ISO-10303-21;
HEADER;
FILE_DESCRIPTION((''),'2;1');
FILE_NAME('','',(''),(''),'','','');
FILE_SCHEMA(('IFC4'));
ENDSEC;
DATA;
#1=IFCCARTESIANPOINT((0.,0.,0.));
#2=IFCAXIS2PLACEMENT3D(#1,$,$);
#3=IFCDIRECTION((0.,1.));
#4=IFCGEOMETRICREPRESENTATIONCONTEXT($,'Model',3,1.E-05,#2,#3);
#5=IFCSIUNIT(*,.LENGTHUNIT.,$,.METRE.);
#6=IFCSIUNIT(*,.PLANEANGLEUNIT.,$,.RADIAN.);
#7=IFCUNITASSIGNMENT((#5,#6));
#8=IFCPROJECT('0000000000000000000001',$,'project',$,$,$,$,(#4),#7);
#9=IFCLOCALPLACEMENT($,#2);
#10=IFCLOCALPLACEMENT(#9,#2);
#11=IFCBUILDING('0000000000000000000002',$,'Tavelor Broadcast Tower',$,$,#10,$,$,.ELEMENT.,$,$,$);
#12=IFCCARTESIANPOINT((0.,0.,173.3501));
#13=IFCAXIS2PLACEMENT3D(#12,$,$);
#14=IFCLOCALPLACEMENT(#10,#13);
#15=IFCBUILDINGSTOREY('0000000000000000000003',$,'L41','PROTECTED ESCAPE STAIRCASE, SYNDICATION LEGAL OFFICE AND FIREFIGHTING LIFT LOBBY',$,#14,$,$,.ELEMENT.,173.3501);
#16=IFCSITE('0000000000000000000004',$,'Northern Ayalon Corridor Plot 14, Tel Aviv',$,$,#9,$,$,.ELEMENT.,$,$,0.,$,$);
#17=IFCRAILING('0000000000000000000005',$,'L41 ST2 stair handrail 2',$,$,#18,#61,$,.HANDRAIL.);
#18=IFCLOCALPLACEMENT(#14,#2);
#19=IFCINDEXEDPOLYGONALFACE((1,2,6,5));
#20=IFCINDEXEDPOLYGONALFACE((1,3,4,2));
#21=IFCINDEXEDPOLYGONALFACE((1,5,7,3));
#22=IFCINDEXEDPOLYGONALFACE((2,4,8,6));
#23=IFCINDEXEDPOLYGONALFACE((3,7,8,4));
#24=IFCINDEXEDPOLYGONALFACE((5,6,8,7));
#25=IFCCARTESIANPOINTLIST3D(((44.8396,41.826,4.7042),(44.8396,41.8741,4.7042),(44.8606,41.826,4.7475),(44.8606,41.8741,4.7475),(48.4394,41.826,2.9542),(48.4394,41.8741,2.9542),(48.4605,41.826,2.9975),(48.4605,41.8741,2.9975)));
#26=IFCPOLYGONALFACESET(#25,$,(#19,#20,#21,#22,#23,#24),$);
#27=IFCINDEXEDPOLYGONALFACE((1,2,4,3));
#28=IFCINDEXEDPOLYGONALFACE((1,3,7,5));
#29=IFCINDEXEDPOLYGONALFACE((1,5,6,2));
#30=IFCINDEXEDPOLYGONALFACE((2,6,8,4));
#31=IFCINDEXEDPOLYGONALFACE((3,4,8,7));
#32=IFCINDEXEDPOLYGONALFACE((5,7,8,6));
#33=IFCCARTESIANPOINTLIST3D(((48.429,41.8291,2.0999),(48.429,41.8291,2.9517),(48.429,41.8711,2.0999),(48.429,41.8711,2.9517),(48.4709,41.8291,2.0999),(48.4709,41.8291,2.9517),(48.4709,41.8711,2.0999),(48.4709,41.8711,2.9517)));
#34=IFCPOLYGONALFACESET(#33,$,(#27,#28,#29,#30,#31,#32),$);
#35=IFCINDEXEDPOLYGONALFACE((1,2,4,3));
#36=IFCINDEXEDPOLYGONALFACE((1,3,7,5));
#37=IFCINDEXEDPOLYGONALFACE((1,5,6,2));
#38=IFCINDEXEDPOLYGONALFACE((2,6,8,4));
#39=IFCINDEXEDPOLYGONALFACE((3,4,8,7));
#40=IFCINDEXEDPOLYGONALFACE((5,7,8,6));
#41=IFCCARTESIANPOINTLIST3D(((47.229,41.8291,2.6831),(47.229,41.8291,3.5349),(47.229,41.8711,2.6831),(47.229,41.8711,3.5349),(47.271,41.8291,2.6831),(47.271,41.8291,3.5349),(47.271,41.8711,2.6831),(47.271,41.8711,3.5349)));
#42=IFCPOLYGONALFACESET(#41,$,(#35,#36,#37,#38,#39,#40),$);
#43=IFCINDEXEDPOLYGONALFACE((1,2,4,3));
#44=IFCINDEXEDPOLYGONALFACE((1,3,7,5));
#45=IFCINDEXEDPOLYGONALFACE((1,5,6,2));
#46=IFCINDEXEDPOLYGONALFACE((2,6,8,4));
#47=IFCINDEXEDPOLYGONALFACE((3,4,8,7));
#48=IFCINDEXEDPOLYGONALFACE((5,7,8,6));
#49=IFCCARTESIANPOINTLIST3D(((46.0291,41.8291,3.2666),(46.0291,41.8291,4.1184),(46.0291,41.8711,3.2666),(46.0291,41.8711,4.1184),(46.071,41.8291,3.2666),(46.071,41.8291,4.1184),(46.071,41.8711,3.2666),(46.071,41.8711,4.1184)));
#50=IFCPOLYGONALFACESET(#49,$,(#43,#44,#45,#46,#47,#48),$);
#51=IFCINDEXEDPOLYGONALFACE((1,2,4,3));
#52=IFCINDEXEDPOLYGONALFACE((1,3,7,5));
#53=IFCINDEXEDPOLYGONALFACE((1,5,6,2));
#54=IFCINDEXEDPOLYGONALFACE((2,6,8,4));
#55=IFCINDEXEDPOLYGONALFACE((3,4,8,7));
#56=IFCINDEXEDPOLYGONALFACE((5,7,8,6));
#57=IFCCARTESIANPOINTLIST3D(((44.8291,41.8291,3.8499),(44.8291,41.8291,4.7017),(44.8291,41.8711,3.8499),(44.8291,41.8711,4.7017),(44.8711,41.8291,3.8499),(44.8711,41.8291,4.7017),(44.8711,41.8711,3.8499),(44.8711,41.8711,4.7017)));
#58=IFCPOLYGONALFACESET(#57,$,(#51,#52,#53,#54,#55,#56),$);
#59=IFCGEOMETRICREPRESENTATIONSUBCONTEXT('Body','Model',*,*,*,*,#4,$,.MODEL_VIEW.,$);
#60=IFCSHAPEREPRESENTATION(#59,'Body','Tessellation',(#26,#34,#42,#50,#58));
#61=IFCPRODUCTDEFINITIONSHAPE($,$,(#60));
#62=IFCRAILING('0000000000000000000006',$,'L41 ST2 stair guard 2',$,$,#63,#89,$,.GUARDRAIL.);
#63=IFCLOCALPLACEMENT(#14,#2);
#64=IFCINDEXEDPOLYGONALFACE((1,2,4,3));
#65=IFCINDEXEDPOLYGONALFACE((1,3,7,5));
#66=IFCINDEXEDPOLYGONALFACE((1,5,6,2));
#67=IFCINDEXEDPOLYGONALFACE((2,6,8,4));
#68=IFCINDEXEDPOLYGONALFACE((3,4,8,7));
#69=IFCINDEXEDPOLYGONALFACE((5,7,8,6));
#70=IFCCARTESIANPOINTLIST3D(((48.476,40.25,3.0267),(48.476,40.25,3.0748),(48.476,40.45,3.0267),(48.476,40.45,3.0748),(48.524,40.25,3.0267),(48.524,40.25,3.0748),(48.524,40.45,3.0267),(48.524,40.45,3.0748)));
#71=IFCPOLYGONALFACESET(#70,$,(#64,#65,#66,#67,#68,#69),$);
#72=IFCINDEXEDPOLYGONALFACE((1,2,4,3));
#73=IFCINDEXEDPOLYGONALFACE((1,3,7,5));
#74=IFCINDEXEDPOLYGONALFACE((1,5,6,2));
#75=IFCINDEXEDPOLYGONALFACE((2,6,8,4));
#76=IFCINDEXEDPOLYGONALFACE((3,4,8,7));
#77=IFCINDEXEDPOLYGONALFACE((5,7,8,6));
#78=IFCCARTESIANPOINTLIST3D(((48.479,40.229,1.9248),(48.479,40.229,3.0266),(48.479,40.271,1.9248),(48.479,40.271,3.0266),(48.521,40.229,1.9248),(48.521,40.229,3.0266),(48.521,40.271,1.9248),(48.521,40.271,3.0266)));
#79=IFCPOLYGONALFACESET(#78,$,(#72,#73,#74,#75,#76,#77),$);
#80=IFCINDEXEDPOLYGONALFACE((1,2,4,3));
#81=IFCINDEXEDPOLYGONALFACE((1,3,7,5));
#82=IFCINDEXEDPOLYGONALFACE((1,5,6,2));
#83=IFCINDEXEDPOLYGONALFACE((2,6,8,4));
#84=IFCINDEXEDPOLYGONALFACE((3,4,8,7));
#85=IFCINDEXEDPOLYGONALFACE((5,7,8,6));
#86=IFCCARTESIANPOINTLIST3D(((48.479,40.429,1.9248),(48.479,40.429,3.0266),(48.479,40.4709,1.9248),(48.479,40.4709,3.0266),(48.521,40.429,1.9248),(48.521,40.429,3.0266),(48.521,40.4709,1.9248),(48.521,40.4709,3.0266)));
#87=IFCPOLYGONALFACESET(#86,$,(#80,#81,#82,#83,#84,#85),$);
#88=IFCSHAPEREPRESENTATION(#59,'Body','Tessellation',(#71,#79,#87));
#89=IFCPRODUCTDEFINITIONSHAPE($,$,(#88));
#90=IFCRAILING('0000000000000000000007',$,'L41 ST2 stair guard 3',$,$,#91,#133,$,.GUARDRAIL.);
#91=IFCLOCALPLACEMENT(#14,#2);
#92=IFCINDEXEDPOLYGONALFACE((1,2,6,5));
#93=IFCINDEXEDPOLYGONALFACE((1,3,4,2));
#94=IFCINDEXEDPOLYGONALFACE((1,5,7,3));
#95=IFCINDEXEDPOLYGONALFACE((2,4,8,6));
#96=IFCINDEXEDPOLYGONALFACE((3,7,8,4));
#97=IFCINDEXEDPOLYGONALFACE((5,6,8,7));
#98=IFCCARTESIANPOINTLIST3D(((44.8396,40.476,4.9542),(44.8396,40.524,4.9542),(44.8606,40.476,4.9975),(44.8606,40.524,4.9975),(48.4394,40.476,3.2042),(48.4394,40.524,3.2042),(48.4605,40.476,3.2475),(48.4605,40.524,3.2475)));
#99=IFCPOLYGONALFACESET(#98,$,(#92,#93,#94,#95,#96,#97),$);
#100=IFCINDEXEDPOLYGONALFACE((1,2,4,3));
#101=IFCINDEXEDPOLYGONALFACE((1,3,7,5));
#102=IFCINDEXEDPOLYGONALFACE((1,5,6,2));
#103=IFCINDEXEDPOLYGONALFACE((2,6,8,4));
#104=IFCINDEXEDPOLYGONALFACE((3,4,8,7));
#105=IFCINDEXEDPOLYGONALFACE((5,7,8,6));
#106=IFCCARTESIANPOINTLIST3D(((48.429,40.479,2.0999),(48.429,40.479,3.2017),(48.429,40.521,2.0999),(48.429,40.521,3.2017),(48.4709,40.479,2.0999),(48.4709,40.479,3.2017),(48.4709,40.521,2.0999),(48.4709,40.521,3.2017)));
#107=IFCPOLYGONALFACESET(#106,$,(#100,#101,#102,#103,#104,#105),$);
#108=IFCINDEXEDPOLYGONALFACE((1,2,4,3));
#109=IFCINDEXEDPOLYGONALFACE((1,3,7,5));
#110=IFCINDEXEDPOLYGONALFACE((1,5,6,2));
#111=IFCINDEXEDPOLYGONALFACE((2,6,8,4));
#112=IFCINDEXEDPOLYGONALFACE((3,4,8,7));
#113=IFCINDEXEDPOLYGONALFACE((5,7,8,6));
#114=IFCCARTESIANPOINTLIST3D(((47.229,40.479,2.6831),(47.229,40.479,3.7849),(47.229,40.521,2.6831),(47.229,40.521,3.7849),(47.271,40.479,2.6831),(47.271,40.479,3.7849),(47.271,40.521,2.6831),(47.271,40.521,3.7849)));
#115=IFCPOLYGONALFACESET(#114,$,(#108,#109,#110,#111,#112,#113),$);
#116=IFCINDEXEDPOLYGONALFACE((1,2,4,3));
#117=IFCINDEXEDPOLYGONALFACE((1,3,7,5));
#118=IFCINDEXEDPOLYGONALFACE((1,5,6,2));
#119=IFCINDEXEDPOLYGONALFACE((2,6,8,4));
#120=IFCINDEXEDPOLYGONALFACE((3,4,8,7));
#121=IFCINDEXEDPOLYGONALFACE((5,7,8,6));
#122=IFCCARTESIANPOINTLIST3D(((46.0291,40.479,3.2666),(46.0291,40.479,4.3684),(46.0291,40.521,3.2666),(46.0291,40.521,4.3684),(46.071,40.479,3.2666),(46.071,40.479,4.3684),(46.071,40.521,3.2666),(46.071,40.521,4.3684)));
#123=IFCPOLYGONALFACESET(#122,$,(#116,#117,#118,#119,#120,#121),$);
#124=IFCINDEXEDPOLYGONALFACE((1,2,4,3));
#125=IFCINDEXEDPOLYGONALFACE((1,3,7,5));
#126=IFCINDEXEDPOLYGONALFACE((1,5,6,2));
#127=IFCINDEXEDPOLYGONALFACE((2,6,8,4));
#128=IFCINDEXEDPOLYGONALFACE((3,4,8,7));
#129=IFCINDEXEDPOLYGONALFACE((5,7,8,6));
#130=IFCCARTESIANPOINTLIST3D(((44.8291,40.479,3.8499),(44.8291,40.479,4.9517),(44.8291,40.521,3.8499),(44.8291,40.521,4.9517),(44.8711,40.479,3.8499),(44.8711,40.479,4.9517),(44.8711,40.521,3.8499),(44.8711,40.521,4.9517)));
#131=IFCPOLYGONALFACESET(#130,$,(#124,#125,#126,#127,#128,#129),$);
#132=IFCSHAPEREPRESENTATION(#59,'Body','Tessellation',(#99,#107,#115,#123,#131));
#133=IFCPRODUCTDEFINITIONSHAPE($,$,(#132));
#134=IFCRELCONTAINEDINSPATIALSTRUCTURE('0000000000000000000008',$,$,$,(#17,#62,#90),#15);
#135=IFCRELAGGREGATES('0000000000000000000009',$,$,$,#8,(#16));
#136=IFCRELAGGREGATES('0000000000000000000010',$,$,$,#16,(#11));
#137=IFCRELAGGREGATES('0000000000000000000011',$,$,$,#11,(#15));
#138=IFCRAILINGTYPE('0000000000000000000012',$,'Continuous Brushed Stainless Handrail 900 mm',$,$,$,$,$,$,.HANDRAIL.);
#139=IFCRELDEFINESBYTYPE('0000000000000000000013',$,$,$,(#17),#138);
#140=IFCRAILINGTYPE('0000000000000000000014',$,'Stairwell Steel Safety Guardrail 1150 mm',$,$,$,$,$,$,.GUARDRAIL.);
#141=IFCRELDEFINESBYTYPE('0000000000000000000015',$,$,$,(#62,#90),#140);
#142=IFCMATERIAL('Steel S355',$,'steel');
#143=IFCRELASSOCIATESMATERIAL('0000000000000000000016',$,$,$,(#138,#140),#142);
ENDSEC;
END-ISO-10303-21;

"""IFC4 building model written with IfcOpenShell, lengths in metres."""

from ifc_helpers import new_model, si_unit, direction, frame, origin, origin_2d, place, context, subcontext, project, spatial, rectangle, extrude, material, type_object, element, save


model = new_model("IFC4")

# Units and contexts
model_context = context("Model", 3, precision=1e-05, world=origin(), true_north=direction((0.0, 1.0)))
body_context = subcontext(model_context, "Body", "Model", "MODEL_VIEW")
ifc_project = project(units=[si_unit("LENGTHUNIT", "METRE"), si_unit("PLANEANGLEUNIT", "RADIAN")], contexts=[model_context])

# Site, building, storey
site_placement = place(None, origin())
site = spatial("IfcSite", under=ifc_project, at=site_placement, Name="Northern Ayalon Corridor Plot 14, Tel Aviv", CompositionType="ELEMENT", RefElevation=0.0)
building_placement = place(site_placement, origin())
building = spatial("IfcBuilding", under=site, at=building_placement, Name="Tavelor Broadcast Tower", CompositionType="ELEMENT")
storey_placement = place(building_placement, frame((0.0, 0.0, 173.3501)))
storey = spatial("IfcBuildingStorey", under=building, at=storey_placement, Name="L41", Description="PROTECTED ESCAPE STAIRCASE, SYNDICATION LEGAL OFFICE AND FIREFIGHTING LIFT LOBBY", CompositionType="ELEMENT", Elevation=173.3501)

# Shared definitions
ifc_material_1 = material(Name="Steel S355", Category="steel")

# Railings
railing_type_1 = type_object("IfcRailingType", Name="Continuous Brushed Stainless Handrail 900 mm", PredefinedType="HANDRAIL", material=ifc_material_1)
railing_1_placement = place(storey_placement, frame((48.45, 41.8501, 2.0999)))
element("IfcRailing", 1, at=railing_1_placement, inside=storey, type_object=railing_type_1, Name="L41 ST2 stair handrail 2", PredefinedType="HANDRAIL", context=body_context, shape_type="SweptSolid", body=[
    extrude(rectangle(XDim=0.0481, YDim=0.0481, at=origin_2d()), frame((0.0, 0.0, 0.876), z_axis=(-0.899361, 0.0, 0.437207), x_axis=(0.0, -1.0, 0.0)), (0.0, 0.0, 1.0), 4.0027),
    extrude(rectangle(XDim=0.042, YDim=0.042, at=origin_2d()), origin(), (0.0, 0.0, 1.0), 0.8518),
    extrude(rectangle(XDim=0.042, YDim=0.042, at=origin_2d()), frame((-1.2, 0.0, 0.5833)), (0.0, 0.0, 1.0), 0.8518),
    extrude(rectangle(XDim=0.042, YDim=0.042, at=origin_2d()), frame((-2.3999, 0.0, 1.1667)), (0.0, 0.0, 1.0), 0.8518),
    extrude(rectangle(XDim=0.042, YDim=0.042, at=origin_2d()), frame((-3.5999, 0.0, 1.75)), (0.0, 0.0, 1.0), 0.8518),
])
railing_type_2 = type_object("IfcRailingType", Name="Stairwell Steel Safety Guardrail 1150 mm", PredefinedType="GUARDRAIL", material=ifc_material_1)
railing_2_placement = place(storey_placement, frame((48.5, 40.25, 1.9248)))
element("IfcRailing", 2, at=railing_2_placement, inside=storey, type_object=railing_type_2, Name="L41 ST2 stair guard 2", PredefinedType="GUARDRAIL", context=body_context, shape_type="SweptSolid", body=[
    extrude(rectangle(XDim=0.0481, YDim=0.0481, at=origin_2d()), frame((0.0, 0.0, 1.126), z_axis=(0.0, 1.0, 0.0), x_axis=(-1.0, 0.0, 0.0)), (0.0, 0.0, 1.0), 0.2),
    extrude(rectangle(XDim=0.042, YDim=0.042, at=origin_2d()), origin(), (0.0, 0.0, 1.0), 1.1018),
    extrude(rectangle(XDim=0.042, YDim=0.042, at=origin_2d()), frame((0.0, 0.2, 0.0)), (0.0, 0.0, 1.0), 1.1018),
])
railing_3_placement = place(storey_placement, frame((48.45, 40.5, 2.0999)))
element("IfcRailing", 3, at=railing_3_placement, inside=storey, type_object=railing_type_2, Name="L41 ST2 stair guard 3", PredefinedType="GUARDRAIL", context=body_context, shape_type="SweptSolid", body=[
    extrude(rectangle(XDim=0.0481, YDim=0.0481, at=origin_2d()), frame((0.0, 0.0, 1.126), z_axis=(-0.899361, 0.0, 0.437207), x_axis=(0.0, -1.0, 0.0)), (0.0, 0.0, 1.0), 4.0027),
    extrude(rectangle(XDim=0.042, YDim=0.042, at=origin_2d()), origin(), (0.0, 0.0, 1.0), 1.1018),
    extrude(rectangle(XDim=0.042, YDim=0.042, at=origin_2d()), frame((-1.2, 0.0, 0.5833)), (0.0, 0.0, 1.0), 1.1018),
    extrude(rectangle(XDim=0.042, YDim=0.042, at=origin_2d()), frame((-2.3999, 0.0, 1.1667)), (0.0, 0.0, 1.0), 1.1018),
    extrude(rectangle(XDim=0.042, YDim=0.042, at=origin_2d()), frame((-3.5999, 0.0, 1.75)), (0.0, 0.0, 1.0), 1.1018),
])

save(model, "model.ifc")
